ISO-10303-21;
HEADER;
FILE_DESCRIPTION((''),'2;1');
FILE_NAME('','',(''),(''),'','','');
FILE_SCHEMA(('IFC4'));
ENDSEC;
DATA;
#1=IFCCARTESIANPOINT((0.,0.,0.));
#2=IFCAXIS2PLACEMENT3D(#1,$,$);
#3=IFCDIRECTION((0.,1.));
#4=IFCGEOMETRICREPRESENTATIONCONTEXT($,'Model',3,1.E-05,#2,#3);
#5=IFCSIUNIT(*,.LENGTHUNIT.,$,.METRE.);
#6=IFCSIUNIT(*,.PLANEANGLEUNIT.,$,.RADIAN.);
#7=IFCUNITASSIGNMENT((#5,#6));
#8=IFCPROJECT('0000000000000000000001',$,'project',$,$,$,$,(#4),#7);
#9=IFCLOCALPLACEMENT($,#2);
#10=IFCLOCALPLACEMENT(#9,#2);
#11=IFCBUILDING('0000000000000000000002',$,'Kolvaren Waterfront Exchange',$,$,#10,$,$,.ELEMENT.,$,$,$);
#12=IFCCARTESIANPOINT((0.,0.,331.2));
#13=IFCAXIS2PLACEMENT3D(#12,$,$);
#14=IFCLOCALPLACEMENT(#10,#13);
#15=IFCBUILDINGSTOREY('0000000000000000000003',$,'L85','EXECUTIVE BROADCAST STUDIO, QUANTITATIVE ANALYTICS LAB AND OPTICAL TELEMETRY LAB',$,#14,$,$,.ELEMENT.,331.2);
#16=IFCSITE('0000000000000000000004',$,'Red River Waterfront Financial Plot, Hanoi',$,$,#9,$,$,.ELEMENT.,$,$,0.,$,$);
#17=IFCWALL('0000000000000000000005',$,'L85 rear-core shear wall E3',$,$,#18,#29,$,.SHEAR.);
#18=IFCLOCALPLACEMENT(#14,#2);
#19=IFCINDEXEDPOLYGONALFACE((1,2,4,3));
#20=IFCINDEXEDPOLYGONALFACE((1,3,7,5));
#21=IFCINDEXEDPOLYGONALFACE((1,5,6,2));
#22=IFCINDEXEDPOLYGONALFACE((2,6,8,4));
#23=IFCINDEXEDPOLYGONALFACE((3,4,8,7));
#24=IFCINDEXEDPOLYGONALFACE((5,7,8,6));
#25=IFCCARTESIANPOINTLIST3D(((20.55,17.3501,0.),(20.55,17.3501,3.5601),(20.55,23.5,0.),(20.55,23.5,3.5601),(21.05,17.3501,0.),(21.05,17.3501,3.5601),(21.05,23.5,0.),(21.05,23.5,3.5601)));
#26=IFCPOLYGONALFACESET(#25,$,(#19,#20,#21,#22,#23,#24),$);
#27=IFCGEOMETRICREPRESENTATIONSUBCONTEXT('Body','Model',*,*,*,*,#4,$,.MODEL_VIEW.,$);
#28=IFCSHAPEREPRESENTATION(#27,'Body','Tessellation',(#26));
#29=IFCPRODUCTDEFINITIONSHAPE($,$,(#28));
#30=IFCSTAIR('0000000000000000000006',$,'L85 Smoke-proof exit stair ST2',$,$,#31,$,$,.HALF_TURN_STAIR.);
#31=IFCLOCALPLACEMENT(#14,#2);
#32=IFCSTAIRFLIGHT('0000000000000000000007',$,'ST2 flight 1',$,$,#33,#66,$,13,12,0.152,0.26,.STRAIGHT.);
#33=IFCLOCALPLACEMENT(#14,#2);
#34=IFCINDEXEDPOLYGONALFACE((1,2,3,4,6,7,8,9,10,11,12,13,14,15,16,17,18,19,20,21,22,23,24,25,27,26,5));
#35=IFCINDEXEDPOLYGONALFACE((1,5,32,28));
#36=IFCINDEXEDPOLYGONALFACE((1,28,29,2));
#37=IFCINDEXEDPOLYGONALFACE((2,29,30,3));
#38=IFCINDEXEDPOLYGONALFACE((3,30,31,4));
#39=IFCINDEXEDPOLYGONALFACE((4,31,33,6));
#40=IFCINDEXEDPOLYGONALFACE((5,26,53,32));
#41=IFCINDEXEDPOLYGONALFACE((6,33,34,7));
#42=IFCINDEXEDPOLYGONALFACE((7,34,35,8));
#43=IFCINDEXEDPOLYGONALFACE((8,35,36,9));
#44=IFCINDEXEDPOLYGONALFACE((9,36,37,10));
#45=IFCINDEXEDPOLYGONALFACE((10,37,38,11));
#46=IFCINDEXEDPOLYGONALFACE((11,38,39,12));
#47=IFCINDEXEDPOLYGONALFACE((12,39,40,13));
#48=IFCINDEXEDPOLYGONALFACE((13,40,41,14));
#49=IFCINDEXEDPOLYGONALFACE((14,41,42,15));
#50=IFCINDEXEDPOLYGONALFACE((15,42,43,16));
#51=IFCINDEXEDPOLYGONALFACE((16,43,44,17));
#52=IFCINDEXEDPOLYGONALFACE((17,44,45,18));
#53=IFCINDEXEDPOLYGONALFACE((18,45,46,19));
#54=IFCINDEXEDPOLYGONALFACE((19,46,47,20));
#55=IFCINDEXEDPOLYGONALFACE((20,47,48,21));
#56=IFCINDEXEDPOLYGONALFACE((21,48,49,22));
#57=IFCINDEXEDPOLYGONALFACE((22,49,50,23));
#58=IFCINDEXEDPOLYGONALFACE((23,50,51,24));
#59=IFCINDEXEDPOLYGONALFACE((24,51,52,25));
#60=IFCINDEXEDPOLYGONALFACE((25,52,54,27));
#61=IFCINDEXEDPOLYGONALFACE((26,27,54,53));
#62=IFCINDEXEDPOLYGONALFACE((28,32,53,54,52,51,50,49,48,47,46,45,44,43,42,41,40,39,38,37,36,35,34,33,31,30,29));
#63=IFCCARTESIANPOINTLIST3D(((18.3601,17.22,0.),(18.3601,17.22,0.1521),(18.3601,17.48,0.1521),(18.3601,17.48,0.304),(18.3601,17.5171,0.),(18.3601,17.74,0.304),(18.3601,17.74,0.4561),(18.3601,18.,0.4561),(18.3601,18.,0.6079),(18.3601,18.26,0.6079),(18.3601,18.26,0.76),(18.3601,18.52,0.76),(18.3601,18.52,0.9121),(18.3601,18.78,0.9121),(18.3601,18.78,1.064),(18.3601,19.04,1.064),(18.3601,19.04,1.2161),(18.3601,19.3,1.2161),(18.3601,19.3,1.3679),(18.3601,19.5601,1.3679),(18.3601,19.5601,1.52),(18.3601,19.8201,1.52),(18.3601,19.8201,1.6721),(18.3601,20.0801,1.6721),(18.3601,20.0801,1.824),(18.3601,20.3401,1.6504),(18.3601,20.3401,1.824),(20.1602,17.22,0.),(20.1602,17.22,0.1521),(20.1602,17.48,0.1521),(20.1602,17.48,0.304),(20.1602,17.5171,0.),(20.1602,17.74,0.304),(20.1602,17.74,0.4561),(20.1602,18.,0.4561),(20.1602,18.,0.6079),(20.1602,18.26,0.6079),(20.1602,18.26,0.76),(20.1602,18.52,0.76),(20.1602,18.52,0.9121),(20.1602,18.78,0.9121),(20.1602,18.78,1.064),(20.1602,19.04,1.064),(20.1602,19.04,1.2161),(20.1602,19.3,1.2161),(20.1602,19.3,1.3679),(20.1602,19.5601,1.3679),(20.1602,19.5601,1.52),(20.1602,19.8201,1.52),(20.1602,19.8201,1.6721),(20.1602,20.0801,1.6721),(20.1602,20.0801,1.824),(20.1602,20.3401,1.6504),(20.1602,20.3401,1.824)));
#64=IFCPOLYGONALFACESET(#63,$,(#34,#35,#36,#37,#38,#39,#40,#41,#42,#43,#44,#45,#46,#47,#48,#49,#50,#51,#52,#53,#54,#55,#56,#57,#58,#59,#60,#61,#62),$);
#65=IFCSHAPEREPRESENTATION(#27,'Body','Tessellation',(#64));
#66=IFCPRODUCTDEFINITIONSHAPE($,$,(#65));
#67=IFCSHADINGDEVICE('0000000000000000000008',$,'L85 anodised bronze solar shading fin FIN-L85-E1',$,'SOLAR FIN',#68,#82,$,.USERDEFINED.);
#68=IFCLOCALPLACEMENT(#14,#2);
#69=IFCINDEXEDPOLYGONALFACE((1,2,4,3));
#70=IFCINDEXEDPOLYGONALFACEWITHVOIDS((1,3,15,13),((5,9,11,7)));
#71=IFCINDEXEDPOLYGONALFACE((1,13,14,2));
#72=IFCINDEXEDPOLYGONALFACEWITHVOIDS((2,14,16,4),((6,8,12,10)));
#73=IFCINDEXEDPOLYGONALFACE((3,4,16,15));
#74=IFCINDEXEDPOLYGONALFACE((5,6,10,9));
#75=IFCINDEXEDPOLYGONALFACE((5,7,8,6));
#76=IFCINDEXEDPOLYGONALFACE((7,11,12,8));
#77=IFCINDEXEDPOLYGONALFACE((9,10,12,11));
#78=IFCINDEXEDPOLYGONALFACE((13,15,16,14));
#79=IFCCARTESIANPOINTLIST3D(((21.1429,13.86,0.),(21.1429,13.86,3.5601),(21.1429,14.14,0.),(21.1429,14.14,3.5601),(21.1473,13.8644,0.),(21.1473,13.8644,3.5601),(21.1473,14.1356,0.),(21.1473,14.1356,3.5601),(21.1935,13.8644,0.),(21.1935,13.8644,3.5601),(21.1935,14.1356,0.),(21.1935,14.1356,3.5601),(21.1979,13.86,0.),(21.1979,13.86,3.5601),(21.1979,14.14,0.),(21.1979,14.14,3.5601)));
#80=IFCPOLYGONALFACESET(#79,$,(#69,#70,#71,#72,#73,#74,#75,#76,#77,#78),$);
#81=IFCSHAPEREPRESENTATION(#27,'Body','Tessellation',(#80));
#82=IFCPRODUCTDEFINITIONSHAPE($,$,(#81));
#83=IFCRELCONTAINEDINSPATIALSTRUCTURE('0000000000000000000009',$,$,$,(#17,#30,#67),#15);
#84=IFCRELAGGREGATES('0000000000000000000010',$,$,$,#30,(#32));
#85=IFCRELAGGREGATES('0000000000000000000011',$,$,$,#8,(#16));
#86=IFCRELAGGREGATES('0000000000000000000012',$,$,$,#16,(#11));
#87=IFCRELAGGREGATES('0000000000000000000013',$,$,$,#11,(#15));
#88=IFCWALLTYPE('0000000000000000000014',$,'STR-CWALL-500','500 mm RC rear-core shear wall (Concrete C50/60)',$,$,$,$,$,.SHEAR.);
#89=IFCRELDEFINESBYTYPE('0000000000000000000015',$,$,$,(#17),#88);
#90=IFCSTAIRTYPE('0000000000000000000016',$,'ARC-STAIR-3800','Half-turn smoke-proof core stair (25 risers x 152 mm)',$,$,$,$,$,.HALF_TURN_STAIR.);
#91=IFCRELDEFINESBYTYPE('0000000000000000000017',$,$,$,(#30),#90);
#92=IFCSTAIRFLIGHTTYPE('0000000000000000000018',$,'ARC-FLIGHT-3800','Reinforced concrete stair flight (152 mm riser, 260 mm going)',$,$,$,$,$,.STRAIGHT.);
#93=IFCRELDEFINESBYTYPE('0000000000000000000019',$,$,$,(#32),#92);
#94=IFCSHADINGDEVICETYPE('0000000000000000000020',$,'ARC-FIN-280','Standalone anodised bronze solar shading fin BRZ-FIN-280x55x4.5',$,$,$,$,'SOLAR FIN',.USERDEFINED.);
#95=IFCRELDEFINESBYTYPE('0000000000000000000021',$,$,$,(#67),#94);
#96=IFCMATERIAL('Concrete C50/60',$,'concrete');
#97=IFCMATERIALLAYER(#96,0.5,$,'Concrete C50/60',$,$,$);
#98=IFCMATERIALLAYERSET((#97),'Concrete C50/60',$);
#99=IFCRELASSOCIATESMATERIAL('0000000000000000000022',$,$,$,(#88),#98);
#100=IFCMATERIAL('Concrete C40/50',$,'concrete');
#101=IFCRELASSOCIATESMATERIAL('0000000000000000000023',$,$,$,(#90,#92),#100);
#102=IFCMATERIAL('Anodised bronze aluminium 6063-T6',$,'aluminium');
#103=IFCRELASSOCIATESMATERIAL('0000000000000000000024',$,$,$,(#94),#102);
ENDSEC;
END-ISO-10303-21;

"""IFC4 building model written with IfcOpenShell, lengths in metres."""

from ifc_helpers import new_model, si_unit, direction, frame, frame_2d, origin, origin_2d, place, context, subcontext, project, spatial, polyline, rectangle, hollow_rectangle, outline, extrude, material, layer, layer_set, material_profile, profile_set, type_object, element, aggregate, save


model = new_model("IFC4")

# Units and contexts
model_context = context("Model", 3, precision=1e-05, world=origin(), true_north=direction((0.0, 1.0)))
body_context = subcontext(model_context, "Body", "Model", "MODEL_VIEW")
ifc_project = project(units=[si_unit("LENGTHUNIT", "METRE"), si_unit("PLANEANGLEUNIT", "RADIAN")], contexts=[model_context])

# Site, building, storey
site_placement = place(None, origin())
site = spatial("IfcSite", under=ifc_project, at=site_placement, Name="Red River Waterfront Financial Plot, Hanoi", CompositionType="ELEMENT", RefElevation=0.0)
building_placement = place(site_placement, origin())
building = spatial("IfcBuilding", under=site, at=building_placement, Name="Kolvaren Waterfront Exchange", CompositionType="ELEMENT")
storey_placement = place(building_placement, frame((0.0, 0.0, 331.2)))
storey = spatial("IfcBuildingStorey", under=building, at=storey_placement, Name="L85", Description="EXECUTIVE BROADCAST STUDIO, QUANTITATIVE ANALYTICS LAB AND OPTICAL TELEMETRY LAB", CompositionType="ELEMENT", Elevation=331.2)

# Shared definitions
ifc_material_1 = material(Name="Concrete C50/60", Category="concrete")

# Wall
ifc_material_2 = material(Name="Concrete C40/50", Category="concrete")
ifc_layer_1 = layer(ifc_material_1, 0.5, Name="Concrete C50/60")
ifc_layer_set_1 = layer_set([ifc_layer_1], Name="Concrete C50/60")
wall_type_1 = type_object("IfcWallType", Name="STR-CWALL-500", Description="500 mm RC rear-core shear wall (Concrete C50/60)", PredefinedType="SHEAR", material=ifc_layer_set_1)
wall_1_placement = place(storey_placement, frame((20.8, 17.3501, 0.0), z_axis=(0.0, 0.0, 1.0), x_axis=(0.0, 1.0, 0.0)))
element("IfcWall", 1, at=wall_1_placement, inside=storey, type_object=wall_type_1, Name="L85 rear-core shear wall E3", PredefinedType="SHEAR", context=body_context, shape_type="SweptSolid", body=[
    extrude(rectangle(XDim=6.1499, YDim=0.5, at=frame_2d((3.075, 0.0))), origin(), (0.0, 0.0, 1.0), 3.5601),
])

# Stair, stair flight
stair_type = type_object("IfcStairType", Name="ARC-STAIR-3800", Description="Half-turn smoke-proof core stair (25 risers x 152 mm)", PredefinedType="HALF_TURN_STAIR", material=ifc_material_2)
stair_placement = place(storey_placement, origin())
stair = element("IfcStair", 2, at=stair_placement, inside=storey, type_object=stair_type, Name="L85 Smoke-proof exit stair ST2", PredefinedType="HALF_TURN_STAIR")
stair_flight_type = type_object("IfcStairFlightType", Name="ARC-FLIGHT-3800", Description="Reinforced concrete stair flight (152 mm riser, 260 mm going)", PredefinedType="STRAIGHT", material=ifc_material_2)
stair_flight_placement = place(storey_placement, frame((19.26, 17.22, 0.0), z_axis=(0.0, 0.0, 1.0), x_axis=(0.0, 1.0, 0.0)))
stair_flight = element("IfcStairFlight", 3, at=stair_flight_placement, type_object=stair_flight_type, Name="ST2 flight 1", NumberOfRisers=13, NumberOfTreads=12, PredefinedType="STRAIGHT", RiserHeight=0.152, TreadLength=0.26, context=body_context, shape_type="SweptSolid", body=[
    extrude(outline(polyline([(0.0, 0.0), (0.0, 0.1521), (0.26, 0.1521), (0.26, 0.304), (0.52, 0.304), (0.52, 0.4561), (0.78, 0.4561), (0.78, 0.6079), (1.04, 0.6079), (1.04, 0.76), (1.3, 0.76), (1.3, 0.9121), (1.5601, 0.9121), (1.5601, 1.064), (1.8201, 1.064), (1.8201, 1.2161), (2.0801, 1.2161), (2.0801, 1.3679), (2.3401, 1.3679), (2.3401, 1.52), (2.6001, 1.52), (2.6001, 1.6721), (2.8601, 1.6721), (2.8601, 1.824), (3.1201, 1.824), (3.1201, 1.9761), (3.1201, 1.6504), (0.2971, 0.0), (0.0, 0.0)])), frame((0.0, 0.8999, 0.0), z_axis=(0.0, -1.0, 0.0), x_axis=(1.0, 0.0, 0.0)), (0.0, 0.0, 1.0), 1.8),
])
aggregate(stair, [stair_flight])

# Shading device
ifc_material_3 = material(Name="Anodised bronze aluminium 6063-T6", Category="aluminium")
ifc_material_profile_1 = material_profile(ifc_material_3, hollow_rectangle(XDim=0.0549, YDim=0.28, WallThickness=0.0044, at=origin_2d()), Name="BRZ-FIN-280x55x4.5")
ifc_profile_set_1 = profile_set([ifc_material_profile_1], Name="Anodised bronze aluminium 6063-T6")
shading_device_type = type_object("IfcShadingDeviceType", Name="ARC-FIN-280", Description="Standalone anodised bronze solar shading fin BRZ-FIN-280x55x4.5", ElementType="SOLAR FIN", PredefinedType="USERDEFINED", material=ifc_profile_set_1)
shading_device_placement = place(storey_placement, frame((21.1704, 14.0, 0.0), z_axis=(0.0, 0.0, 1.0), x_axis=(1.0, 0.0, 0.0)))
element("IfcShadingDevice", 4, at=shading_device_placement, inside=storey, type_object=shading_device_type, Name="L85 anodised bronze solar shading fin FIN-L85-E1", ObjectType="SOLAR FIN", PredefinedType="USERDEFINED", context=body_context, shape_type="SweptSolid", body=[
    extrude(hollow_rectangle(XDim=0.0549, YDim=0.28, WallThickness=0.0044, at=origin_2d()), origin(), (0.0, 0.0, 1.0), 3.5601),
])

save(model, "model.ifc")
